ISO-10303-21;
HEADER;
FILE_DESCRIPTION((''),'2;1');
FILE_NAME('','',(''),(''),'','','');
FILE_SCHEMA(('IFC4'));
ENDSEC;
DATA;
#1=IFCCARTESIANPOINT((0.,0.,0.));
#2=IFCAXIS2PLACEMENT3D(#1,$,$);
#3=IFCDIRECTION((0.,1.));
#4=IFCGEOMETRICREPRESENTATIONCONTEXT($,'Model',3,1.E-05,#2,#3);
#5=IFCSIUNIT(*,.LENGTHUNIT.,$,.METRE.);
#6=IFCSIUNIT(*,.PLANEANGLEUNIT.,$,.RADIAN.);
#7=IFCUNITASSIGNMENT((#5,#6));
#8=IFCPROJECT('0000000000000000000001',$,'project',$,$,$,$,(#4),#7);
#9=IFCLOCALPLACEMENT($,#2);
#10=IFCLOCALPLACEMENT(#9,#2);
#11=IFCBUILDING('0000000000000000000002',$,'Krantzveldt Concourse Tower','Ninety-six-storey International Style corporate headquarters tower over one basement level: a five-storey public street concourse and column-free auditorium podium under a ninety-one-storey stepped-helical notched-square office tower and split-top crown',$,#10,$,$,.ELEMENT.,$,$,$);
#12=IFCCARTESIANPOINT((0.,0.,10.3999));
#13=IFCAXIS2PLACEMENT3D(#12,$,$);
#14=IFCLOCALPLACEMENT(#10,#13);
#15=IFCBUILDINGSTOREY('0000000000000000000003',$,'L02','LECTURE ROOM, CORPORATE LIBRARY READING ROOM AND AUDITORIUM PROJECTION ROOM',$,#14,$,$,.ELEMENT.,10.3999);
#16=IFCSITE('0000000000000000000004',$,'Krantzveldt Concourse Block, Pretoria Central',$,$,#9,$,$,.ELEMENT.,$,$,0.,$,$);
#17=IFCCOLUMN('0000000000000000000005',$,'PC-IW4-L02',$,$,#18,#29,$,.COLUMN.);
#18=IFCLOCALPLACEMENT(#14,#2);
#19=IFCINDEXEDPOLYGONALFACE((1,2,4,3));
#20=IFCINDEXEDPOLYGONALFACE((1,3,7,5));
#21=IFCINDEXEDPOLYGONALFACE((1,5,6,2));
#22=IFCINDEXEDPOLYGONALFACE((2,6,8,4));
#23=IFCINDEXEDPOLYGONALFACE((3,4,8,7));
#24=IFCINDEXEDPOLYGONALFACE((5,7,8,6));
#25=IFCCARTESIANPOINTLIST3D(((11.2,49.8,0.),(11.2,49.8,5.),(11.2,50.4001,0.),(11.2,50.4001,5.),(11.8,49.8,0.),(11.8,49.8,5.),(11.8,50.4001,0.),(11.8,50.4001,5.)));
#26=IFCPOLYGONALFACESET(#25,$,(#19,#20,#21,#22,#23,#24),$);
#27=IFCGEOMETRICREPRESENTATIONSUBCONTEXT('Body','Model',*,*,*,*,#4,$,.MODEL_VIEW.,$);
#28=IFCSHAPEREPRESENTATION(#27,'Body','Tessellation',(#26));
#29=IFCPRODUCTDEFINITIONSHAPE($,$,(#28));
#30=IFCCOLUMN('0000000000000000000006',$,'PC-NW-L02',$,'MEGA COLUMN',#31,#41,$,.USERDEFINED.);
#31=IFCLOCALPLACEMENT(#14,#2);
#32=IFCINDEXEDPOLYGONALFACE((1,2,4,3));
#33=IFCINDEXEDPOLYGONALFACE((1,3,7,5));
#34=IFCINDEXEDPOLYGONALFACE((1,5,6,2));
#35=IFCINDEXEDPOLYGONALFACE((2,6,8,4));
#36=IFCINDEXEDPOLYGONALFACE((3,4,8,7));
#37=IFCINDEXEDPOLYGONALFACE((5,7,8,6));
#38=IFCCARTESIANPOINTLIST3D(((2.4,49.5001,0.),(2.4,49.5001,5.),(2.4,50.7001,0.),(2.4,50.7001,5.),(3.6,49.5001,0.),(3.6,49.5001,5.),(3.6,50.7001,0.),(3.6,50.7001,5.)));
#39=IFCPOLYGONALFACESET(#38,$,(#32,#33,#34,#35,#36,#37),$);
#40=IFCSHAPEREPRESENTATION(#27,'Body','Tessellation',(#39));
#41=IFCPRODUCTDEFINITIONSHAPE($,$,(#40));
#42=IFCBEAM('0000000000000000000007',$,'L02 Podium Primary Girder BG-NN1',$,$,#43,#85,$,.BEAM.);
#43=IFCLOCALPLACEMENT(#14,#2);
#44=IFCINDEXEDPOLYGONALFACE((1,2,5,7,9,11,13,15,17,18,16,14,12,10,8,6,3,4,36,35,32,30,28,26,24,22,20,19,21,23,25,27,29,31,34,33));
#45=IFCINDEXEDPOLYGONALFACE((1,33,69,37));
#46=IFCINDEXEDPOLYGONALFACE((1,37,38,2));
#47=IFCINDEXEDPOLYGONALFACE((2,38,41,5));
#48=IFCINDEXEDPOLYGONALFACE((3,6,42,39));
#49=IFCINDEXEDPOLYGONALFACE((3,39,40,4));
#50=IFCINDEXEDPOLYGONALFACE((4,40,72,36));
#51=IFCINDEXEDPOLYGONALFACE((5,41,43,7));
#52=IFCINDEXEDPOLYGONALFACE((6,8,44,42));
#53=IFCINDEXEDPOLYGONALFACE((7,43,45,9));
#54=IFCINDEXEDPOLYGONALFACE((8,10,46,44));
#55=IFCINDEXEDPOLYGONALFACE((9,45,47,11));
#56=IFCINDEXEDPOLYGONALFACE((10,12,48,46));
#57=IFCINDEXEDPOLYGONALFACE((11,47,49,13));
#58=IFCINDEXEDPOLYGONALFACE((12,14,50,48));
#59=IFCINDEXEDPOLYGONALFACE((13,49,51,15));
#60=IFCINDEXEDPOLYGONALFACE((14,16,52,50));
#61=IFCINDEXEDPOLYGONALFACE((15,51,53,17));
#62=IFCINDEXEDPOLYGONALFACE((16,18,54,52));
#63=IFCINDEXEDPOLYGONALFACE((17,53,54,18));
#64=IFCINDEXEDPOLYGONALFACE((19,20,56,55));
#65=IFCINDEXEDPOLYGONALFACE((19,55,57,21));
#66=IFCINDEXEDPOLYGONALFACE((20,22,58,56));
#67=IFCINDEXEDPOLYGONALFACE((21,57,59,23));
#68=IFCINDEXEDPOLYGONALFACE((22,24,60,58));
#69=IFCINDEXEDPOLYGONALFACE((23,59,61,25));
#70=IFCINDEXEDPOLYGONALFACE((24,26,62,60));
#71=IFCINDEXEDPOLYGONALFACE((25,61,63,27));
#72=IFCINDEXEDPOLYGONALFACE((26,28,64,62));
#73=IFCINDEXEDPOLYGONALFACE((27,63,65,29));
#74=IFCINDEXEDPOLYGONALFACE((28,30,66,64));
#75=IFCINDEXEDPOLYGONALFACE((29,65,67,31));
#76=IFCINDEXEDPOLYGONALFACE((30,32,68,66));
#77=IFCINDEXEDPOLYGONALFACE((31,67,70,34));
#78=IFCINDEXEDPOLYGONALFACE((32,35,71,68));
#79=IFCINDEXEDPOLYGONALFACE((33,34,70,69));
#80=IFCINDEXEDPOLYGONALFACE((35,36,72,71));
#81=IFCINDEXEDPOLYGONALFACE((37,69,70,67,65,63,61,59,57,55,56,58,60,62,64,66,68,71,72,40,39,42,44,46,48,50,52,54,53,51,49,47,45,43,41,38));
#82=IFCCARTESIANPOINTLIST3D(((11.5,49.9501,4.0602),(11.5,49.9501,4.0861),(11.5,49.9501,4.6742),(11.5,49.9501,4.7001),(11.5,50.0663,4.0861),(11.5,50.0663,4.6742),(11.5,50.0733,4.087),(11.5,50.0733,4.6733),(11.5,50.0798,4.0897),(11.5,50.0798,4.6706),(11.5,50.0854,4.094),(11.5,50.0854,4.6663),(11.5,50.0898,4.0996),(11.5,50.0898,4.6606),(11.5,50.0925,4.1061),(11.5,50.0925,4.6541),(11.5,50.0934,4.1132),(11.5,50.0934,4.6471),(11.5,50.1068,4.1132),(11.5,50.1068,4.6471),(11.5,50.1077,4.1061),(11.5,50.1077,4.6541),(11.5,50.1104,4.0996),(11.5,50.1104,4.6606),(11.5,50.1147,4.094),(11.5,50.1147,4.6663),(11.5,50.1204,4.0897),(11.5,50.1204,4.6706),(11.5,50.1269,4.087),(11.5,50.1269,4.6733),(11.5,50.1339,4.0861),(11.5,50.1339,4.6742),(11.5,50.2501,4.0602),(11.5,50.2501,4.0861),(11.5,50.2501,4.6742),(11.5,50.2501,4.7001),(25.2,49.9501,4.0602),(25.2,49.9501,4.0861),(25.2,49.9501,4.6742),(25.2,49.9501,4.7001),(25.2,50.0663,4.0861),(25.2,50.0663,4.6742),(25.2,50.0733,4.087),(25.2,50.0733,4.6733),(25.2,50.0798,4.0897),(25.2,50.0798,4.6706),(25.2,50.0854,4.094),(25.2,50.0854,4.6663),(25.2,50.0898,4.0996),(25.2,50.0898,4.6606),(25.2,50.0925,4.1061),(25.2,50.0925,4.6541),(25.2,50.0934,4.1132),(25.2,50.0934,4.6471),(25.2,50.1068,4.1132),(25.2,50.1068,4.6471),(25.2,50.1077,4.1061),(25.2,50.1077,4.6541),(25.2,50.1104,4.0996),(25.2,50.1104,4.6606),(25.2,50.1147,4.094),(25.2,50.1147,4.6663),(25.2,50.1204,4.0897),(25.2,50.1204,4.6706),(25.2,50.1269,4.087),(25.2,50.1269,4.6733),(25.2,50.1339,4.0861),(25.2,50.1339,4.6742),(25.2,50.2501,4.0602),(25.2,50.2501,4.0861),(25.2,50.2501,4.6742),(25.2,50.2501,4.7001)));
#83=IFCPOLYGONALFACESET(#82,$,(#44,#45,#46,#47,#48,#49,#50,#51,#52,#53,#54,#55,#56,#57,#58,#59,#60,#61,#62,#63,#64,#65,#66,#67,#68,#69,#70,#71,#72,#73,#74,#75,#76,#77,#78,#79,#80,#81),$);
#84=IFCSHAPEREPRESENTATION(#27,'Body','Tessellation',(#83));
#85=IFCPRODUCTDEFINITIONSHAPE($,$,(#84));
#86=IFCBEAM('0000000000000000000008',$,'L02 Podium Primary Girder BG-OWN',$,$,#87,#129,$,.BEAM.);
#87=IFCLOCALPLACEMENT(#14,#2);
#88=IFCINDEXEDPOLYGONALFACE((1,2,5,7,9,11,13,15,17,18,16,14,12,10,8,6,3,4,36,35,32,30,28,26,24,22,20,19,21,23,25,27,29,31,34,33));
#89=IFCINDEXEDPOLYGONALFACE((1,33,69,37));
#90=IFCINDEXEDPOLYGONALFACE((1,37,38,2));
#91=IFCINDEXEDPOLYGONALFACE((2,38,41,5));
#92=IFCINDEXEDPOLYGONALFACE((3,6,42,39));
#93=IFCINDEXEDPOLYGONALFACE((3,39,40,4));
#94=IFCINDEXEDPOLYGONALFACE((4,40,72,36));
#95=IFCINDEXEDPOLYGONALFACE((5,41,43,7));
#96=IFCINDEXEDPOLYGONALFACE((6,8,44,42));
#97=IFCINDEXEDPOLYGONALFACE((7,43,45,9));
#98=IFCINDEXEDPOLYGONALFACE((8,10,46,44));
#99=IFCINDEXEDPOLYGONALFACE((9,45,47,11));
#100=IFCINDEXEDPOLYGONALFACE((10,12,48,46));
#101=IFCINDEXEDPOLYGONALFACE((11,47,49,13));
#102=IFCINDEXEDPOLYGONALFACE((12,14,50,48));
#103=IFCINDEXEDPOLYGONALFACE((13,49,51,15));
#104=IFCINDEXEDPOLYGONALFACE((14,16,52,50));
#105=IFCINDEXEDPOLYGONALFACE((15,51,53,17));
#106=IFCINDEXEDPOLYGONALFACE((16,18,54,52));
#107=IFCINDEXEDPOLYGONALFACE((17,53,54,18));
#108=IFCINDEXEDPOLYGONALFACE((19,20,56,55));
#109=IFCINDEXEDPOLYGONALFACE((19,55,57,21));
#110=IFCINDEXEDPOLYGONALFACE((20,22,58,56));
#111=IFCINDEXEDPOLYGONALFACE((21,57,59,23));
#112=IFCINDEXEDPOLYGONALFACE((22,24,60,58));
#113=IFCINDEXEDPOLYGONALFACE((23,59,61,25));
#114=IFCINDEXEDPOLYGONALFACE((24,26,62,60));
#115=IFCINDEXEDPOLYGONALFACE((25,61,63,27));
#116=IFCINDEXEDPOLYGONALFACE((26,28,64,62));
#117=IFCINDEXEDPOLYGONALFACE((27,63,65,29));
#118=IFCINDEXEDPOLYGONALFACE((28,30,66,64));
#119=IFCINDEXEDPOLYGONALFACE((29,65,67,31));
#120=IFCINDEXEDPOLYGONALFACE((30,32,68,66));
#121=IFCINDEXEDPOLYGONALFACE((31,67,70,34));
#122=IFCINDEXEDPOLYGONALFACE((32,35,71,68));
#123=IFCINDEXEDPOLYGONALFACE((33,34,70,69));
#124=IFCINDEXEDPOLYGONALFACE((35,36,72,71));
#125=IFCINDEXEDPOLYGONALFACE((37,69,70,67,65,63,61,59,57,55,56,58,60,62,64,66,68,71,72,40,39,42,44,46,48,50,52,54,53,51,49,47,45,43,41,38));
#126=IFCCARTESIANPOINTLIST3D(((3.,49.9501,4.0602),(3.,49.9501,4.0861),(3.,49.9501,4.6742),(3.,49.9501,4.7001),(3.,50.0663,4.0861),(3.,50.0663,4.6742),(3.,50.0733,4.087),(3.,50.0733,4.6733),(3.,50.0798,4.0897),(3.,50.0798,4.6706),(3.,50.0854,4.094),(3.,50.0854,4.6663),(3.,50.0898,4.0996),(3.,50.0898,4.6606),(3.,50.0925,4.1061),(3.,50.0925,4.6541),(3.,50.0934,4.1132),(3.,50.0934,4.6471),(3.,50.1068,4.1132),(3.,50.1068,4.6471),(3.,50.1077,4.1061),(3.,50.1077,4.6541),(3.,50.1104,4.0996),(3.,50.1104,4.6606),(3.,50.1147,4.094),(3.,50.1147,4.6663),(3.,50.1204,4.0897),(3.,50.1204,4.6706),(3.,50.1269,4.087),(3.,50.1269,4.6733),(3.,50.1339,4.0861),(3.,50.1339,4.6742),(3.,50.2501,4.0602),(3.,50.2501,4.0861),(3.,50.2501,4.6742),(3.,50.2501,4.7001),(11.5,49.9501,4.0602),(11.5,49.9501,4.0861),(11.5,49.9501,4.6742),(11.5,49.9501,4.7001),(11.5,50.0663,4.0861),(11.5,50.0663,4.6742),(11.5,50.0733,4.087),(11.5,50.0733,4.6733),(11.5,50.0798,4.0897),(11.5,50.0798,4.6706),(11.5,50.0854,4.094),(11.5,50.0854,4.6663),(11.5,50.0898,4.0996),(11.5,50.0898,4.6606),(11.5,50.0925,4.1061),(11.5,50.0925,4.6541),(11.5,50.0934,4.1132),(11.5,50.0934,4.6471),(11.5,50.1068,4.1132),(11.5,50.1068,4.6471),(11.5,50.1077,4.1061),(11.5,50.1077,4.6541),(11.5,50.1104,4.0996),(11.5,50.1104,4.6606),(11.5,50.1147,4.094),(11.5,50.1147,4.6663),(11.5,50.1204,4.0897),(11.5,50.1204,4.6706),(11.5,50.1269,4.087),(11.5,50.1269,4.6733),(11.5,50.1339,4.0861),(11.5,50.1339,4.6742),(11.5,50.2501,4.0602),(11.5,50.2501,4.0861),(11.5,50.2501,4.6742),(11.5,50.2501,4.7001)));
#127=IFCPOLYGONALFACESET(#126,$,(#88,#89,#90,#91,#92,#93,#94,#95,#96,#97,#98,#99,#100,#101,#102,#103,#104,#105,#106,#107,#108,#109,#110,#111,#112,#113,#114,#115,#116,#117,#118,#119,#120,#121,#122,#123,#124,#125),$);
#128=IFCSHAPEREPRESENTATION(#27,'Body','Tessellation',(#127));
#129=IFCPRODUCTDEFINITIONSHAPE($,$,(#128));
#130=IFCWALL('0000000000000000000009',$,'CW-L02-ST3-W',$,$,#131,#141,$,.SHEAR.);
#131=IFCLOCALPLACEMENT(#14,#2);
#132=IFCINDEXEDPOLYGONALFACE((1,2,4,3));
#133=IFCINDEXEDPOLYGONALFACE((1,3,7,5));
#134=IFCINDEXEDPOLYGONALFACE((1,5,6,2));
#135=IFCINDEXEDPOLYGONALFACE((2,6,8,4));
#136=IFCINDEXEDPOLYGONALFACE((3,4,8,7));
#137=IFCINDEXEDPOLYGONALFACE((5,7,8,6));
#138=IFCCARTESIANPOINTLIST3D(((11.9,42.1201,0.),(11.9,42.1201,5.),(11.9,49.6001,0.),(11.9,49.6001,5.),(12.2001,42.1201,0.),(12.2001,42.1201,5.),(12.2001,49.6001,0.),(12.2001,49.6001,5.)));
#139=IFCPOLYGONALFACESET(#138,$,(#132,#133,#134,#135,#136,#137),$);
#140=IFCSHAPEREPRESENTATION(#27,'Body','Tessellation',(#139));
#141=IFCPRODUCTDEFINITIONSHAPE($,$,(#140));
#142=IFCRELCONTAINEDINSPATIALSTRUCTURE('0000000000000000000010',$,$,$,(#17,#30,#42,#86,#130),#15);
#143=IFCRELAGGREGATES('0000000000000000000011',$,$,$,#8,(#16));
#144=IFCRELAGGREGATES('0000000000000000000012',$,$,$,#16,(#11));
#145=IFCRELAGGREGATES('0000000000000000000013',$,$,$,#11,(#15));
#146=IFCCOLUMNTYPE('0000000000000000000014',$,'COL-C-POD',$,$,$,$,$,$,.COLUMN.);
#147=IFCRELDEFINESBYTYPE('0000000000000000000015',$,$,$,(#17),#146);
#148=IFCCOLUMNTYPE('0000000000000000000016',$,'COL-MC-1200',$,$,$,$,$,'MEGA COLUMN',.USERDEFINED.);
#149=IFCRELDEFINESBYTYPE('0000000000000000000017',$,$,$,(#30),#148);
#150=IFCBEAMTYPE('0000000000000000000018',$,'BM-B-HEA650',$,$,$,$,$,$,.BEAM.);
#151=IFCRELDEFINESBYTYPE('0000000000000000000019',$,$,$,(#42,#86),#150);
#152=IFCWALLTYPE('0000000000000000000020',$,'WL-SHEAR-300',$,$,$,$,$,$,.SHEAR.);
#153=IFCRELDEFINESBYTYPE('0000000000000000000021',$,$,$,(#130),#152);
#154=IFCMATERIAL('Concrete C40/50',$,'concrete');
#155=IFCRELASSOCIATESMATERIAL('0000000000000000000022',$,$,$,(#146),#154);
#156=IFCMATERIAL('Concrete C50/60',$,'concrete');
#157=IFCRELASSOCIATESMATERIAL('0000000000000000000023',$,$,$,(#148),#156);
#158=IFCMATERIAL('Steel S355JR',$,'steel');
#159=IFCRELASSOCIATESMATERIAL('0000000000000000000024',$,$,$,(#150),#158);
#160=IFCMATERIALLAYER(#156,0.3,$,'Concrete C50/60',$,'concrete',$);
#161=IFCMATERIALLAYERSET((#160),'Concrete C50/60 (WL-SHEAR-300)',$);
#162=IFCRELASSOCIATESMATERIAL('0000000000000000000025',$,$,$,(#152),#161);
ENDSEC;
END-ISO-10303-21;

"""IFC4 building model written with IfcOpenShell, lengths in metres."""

from ifc_helpers import new_model, si_unit, direction, frame, frame_2d, origin, origin_2d, place, context, subcontext, project, spatial, rectangle, i_section, extrude, source, transform, mapped, material, layer, layer_set, material_profile, profile_set, type_object, type_shapes, element, save


model = new_model("IFC4")

# Units and contexts
model_context = context("Model", 3, precision=1e-05, world=origin(), true_north=direction((0.0, 1.0)))
body_context = subcontext(model_context, "Body", "Model", "MODEL_VIEW")
ifc_project = project(units=[si_unit("LENGTHUNIT", "METRE"), si_unit("PLANEANGLEUNIT", "RADIAN")], contexts=[model_context])

# Site, building, storey
site_placement = place(None, origin())
site = spatial("IfcSite", under=ifc_project, at=site_placement, Name="Krantzveldt Concourse Block, Pretoria Central", CompositionType="ELEMENT", RefElevation=0.0)
building_placement = place(site_placement, origin())
building = spatial("IfcBuilding", under=site, at=building_placement, Name="Krantzveldt Concourse Tower", Description="Ninety-six-storey International Style corporate headquarters tower over one basement level: a five-storey public street concourse and column-free auditorium podium under a ninety-one-storey stepped-helical notched-square office tower and split-top crown", CompositionType="ELEMENT")
storey_placement = place(building_placement, frame((0.0, 0.0, 10.3999)))
storey = spatial("IfcBuildingStorey", under=building, at=storey_placement, Name="L02", Description="LECTURE ROOM, CORPORATE LIBRARY READING ROOM AND AUDITORIUM PROJECTION ROOM", CompositionType="ELEMENT", Elevation=10.3999)

# Columns
ifc_material_1 = material(Name="Concrete C40/50", Category="concrete")
ifc_material_profile_1 = material_profile(ifc_material_1, rectangle(XDim=0.6001, YDim=0.6001, at=origin_2d()), Name="Concrete C40/50", Category="concrete")
ifc_profile_set_1 = profile_set([ifc_material_profile_1], Name="Concrete C40/50 - RC 600x600")
column_type_1 = type_object("IfcColumnType", Name="COL-C-POD", PredefinedType="COLUMN", material=ifc_profile_set_1)
shared_shape_1 = source(origin(), body_context, "Body", "SweptSolid", [
    extrude(rectangle(XDim=0.6001, YDim=0.6001, at=origin_2d()), origin(), (0.0, 0.0, 1.0), 5.0),
])
type_shapes(column_type_1, [shared_shape_1])
column_1_placement = place(storey_placement, frame((11.5, 50.1001, 0.0), z_axis=(0.0, 0.0, 1.0), x_axis=(1.0, 0.0, 0.0)))
element("IfcColumn", 1, at=column_1_placement, inside=storey, type_object=column_type_1, Name="PC-IW4-L02", PredefinedType="COLUMN", context=body_context, shape_type="MappedRepresentation", body=[
    mapped(shared_shape_1, transform((0.0, 0.0, 0.0), x_axis=(1.0, 0.0, 0.0), y_axis=(0.0, 1.0, 0.0), z_axis=(0.0, 0.0, 1.0), scale=1.0)),
])
ifc_material_2 = material(Name="Concrete C50/60", Category="concrete")
ifc_material_profile_2 = material_profile(ifc_material_2, rectangle(XDim=1.2, YDim=1.2, at=origin_2d()), Name="Concrete C50/60", Category="concrete")
ifc_profile_set_2 = profile_set([ifc_material_profile_2], Name="Concrete C50/60 - RC 1200x1200")
column_type_2 = type_object("IfcColumnType", Name="COL-MC-1200", ElementType="MEGA COLUMN", PredefinedType="USERDEFINED", material=ifc_profile_set_2)
shared_shape_2 = source(origin(), body_context, "Body", "SweptSolid", [
    extrude(rectangle(XDim=1.2, YDim=1.2, at=origin_2d()), origin(), (0.0, 0.0, 1.0), 5.0),
])
type_shapes(column_type_2, [shared_shape_2])
column_2_placement = place(storey_placement, frame((3.0, 50.1001, 0.0), z_axis=(0.0, 0.0, 1.0), x_axis=(1.0, 0.0, 0.0)))
element("IfcColumn", 2, at=column_2_placement, inside=storey, type_object=column_type_2, Name="PC-NW-L02", ObjectType="MEGA COLUMN", PredefinedType="USERDEFINED", context=body_context, shape_type="MappedRepresentation", body=[
    mapped(shared_shape_2, transform((0.0, 0.0, 0.0), x_axis=(1.0, 0.0, 0.0), y_axis=(0.0, 1.0, 0.0), z_axis=(0.0, 0.0, 1.0), scale=1.0)),
])

# Beams
ifc_material_3 = material(Name="Steel S355JR", Category="steel")
ifc_material_profile_3 = material_profile(ifc_material_3, i_section(OverallWidth=0.3, OverallDepth=0.6399, WebThickness=0.0134, FlangeThickness=0.0259, FilletRadius=0.0271, at=origin_2d()), Name="Steel S355JR", Category="steel")
ifc_profile_set_3 = profile_set([ifc_material_profile_3], Name="Steel S355JR - HEA 650")
beam_type = type_object("IfcBeamType", Name="BM-B-HEA650", PredefinedType="BEAM", material=ifc_profile_set_3)
shared_shape_3 = source(origin(), body_context, "Body", "SweptSolid", [
    extrude(i_section(OverallWidth=0.3, OverallDepth=0.6399, WebThickness=0.0134, FlangeThickness=0.0259, FilletRadius=0.0271, at=origin_2d()), origin(), (0.0, 0.0, 1.0), 13.7),
])
beam_1_placement = place(storey_placement, frame((11.5, 50.1001, 4.3801), z_axis=(1.0, 0.0, 0.0), x_axis=(0.0, 1.0, 0.0)))
element("IfcBeam", 3, at=beam_1_placement, inside=storey, type_object=beam_type, Name="L02 Podium Primary Girder BG-NN1", PredefinedType="BEAM", context=body_context, shape_type="MappedRepresentation", body=[
    mapped(shared_shape_3, transform((0.0, 0.0, 0.0), x_axis=(1.0, 0.0, 0.0), y_axis=(0.0, 1.0, 0.0), z_axis=(0.0, 0.0, 1.0), scale=1.0)),
])
shared_shape_4 = source(origin(), body_context, "Body", "SweptSolid", [
    extrude(i_section(OverallWidth=0.3, OverallDepth=0.6399, WebThickness=0.0134, FlangeThickness=0.0259, FilletRadius=0.0271, at=origin_2d()), origin(), (0.0, 0.0, 1.0), 8.5),
])
type_shapes(beam_type, [shared_shape_3, shared_shape_4])
beam_2_placement = place(storey_placement, frame((3.0, 50.1001, 4.3801), z_axis=(1.0, 0.0, 0.0), x_axis=(0.0, 1.0, 0.0)))
element("IfcBeam", 4, at=beam_2_placement, inside=storey, type_object=beam_type, Name="L02 Podium Primary Girder BG-OWN", PredefinedType="BEAM", context=body_context, shape_type="MappedRepresentation", body=[
    mapped(shared_shape_4, transform((0.0, 0.0, 0.0), x_axis=(1.0, 0.0, 0.0), y_axis=(0.0, 1.0, 0.0), z_axis=(0.0, 0.0, 1.0), scale=1.0)),
])

# Wall
ifc_layer_1 = layer(ifc_material_2, 0.3, Name="Concrete C50/60", Category="concrete")
ifc_layer_set_1 = layer_set([ifc_layer_1], Name="Concrete C50/60 (WL-SHEAR-300)")
wall_type_1 = type_object("IfcWallType", Name="WL-SHEAR-300", PredefinedType="SHEAR", material=ifc_layer_set_1)
wall_1_placement = place(storey_placement, frame((12.05, 42.1201, 0.0), z_axis=(0.0, 0.0, 1.0), x_axis=(0.0, 1.0, 0.0)))
element("IfcWall", 5, at=wall_1_placement, inside=storey, type_object=wall_type_1, Name="CW-L02-ST3-W", PredefinedType="SHEAR", context=body_context, shape_type="SweptSolid", body=[
    extrude(rectangle(XDim=7.48, YDim=0.3, at=frame_2d((3.74, 0.0))), origin(), (0.0, 0.0, 1.0), 5.0),
])

save(model, "model.ifc")
